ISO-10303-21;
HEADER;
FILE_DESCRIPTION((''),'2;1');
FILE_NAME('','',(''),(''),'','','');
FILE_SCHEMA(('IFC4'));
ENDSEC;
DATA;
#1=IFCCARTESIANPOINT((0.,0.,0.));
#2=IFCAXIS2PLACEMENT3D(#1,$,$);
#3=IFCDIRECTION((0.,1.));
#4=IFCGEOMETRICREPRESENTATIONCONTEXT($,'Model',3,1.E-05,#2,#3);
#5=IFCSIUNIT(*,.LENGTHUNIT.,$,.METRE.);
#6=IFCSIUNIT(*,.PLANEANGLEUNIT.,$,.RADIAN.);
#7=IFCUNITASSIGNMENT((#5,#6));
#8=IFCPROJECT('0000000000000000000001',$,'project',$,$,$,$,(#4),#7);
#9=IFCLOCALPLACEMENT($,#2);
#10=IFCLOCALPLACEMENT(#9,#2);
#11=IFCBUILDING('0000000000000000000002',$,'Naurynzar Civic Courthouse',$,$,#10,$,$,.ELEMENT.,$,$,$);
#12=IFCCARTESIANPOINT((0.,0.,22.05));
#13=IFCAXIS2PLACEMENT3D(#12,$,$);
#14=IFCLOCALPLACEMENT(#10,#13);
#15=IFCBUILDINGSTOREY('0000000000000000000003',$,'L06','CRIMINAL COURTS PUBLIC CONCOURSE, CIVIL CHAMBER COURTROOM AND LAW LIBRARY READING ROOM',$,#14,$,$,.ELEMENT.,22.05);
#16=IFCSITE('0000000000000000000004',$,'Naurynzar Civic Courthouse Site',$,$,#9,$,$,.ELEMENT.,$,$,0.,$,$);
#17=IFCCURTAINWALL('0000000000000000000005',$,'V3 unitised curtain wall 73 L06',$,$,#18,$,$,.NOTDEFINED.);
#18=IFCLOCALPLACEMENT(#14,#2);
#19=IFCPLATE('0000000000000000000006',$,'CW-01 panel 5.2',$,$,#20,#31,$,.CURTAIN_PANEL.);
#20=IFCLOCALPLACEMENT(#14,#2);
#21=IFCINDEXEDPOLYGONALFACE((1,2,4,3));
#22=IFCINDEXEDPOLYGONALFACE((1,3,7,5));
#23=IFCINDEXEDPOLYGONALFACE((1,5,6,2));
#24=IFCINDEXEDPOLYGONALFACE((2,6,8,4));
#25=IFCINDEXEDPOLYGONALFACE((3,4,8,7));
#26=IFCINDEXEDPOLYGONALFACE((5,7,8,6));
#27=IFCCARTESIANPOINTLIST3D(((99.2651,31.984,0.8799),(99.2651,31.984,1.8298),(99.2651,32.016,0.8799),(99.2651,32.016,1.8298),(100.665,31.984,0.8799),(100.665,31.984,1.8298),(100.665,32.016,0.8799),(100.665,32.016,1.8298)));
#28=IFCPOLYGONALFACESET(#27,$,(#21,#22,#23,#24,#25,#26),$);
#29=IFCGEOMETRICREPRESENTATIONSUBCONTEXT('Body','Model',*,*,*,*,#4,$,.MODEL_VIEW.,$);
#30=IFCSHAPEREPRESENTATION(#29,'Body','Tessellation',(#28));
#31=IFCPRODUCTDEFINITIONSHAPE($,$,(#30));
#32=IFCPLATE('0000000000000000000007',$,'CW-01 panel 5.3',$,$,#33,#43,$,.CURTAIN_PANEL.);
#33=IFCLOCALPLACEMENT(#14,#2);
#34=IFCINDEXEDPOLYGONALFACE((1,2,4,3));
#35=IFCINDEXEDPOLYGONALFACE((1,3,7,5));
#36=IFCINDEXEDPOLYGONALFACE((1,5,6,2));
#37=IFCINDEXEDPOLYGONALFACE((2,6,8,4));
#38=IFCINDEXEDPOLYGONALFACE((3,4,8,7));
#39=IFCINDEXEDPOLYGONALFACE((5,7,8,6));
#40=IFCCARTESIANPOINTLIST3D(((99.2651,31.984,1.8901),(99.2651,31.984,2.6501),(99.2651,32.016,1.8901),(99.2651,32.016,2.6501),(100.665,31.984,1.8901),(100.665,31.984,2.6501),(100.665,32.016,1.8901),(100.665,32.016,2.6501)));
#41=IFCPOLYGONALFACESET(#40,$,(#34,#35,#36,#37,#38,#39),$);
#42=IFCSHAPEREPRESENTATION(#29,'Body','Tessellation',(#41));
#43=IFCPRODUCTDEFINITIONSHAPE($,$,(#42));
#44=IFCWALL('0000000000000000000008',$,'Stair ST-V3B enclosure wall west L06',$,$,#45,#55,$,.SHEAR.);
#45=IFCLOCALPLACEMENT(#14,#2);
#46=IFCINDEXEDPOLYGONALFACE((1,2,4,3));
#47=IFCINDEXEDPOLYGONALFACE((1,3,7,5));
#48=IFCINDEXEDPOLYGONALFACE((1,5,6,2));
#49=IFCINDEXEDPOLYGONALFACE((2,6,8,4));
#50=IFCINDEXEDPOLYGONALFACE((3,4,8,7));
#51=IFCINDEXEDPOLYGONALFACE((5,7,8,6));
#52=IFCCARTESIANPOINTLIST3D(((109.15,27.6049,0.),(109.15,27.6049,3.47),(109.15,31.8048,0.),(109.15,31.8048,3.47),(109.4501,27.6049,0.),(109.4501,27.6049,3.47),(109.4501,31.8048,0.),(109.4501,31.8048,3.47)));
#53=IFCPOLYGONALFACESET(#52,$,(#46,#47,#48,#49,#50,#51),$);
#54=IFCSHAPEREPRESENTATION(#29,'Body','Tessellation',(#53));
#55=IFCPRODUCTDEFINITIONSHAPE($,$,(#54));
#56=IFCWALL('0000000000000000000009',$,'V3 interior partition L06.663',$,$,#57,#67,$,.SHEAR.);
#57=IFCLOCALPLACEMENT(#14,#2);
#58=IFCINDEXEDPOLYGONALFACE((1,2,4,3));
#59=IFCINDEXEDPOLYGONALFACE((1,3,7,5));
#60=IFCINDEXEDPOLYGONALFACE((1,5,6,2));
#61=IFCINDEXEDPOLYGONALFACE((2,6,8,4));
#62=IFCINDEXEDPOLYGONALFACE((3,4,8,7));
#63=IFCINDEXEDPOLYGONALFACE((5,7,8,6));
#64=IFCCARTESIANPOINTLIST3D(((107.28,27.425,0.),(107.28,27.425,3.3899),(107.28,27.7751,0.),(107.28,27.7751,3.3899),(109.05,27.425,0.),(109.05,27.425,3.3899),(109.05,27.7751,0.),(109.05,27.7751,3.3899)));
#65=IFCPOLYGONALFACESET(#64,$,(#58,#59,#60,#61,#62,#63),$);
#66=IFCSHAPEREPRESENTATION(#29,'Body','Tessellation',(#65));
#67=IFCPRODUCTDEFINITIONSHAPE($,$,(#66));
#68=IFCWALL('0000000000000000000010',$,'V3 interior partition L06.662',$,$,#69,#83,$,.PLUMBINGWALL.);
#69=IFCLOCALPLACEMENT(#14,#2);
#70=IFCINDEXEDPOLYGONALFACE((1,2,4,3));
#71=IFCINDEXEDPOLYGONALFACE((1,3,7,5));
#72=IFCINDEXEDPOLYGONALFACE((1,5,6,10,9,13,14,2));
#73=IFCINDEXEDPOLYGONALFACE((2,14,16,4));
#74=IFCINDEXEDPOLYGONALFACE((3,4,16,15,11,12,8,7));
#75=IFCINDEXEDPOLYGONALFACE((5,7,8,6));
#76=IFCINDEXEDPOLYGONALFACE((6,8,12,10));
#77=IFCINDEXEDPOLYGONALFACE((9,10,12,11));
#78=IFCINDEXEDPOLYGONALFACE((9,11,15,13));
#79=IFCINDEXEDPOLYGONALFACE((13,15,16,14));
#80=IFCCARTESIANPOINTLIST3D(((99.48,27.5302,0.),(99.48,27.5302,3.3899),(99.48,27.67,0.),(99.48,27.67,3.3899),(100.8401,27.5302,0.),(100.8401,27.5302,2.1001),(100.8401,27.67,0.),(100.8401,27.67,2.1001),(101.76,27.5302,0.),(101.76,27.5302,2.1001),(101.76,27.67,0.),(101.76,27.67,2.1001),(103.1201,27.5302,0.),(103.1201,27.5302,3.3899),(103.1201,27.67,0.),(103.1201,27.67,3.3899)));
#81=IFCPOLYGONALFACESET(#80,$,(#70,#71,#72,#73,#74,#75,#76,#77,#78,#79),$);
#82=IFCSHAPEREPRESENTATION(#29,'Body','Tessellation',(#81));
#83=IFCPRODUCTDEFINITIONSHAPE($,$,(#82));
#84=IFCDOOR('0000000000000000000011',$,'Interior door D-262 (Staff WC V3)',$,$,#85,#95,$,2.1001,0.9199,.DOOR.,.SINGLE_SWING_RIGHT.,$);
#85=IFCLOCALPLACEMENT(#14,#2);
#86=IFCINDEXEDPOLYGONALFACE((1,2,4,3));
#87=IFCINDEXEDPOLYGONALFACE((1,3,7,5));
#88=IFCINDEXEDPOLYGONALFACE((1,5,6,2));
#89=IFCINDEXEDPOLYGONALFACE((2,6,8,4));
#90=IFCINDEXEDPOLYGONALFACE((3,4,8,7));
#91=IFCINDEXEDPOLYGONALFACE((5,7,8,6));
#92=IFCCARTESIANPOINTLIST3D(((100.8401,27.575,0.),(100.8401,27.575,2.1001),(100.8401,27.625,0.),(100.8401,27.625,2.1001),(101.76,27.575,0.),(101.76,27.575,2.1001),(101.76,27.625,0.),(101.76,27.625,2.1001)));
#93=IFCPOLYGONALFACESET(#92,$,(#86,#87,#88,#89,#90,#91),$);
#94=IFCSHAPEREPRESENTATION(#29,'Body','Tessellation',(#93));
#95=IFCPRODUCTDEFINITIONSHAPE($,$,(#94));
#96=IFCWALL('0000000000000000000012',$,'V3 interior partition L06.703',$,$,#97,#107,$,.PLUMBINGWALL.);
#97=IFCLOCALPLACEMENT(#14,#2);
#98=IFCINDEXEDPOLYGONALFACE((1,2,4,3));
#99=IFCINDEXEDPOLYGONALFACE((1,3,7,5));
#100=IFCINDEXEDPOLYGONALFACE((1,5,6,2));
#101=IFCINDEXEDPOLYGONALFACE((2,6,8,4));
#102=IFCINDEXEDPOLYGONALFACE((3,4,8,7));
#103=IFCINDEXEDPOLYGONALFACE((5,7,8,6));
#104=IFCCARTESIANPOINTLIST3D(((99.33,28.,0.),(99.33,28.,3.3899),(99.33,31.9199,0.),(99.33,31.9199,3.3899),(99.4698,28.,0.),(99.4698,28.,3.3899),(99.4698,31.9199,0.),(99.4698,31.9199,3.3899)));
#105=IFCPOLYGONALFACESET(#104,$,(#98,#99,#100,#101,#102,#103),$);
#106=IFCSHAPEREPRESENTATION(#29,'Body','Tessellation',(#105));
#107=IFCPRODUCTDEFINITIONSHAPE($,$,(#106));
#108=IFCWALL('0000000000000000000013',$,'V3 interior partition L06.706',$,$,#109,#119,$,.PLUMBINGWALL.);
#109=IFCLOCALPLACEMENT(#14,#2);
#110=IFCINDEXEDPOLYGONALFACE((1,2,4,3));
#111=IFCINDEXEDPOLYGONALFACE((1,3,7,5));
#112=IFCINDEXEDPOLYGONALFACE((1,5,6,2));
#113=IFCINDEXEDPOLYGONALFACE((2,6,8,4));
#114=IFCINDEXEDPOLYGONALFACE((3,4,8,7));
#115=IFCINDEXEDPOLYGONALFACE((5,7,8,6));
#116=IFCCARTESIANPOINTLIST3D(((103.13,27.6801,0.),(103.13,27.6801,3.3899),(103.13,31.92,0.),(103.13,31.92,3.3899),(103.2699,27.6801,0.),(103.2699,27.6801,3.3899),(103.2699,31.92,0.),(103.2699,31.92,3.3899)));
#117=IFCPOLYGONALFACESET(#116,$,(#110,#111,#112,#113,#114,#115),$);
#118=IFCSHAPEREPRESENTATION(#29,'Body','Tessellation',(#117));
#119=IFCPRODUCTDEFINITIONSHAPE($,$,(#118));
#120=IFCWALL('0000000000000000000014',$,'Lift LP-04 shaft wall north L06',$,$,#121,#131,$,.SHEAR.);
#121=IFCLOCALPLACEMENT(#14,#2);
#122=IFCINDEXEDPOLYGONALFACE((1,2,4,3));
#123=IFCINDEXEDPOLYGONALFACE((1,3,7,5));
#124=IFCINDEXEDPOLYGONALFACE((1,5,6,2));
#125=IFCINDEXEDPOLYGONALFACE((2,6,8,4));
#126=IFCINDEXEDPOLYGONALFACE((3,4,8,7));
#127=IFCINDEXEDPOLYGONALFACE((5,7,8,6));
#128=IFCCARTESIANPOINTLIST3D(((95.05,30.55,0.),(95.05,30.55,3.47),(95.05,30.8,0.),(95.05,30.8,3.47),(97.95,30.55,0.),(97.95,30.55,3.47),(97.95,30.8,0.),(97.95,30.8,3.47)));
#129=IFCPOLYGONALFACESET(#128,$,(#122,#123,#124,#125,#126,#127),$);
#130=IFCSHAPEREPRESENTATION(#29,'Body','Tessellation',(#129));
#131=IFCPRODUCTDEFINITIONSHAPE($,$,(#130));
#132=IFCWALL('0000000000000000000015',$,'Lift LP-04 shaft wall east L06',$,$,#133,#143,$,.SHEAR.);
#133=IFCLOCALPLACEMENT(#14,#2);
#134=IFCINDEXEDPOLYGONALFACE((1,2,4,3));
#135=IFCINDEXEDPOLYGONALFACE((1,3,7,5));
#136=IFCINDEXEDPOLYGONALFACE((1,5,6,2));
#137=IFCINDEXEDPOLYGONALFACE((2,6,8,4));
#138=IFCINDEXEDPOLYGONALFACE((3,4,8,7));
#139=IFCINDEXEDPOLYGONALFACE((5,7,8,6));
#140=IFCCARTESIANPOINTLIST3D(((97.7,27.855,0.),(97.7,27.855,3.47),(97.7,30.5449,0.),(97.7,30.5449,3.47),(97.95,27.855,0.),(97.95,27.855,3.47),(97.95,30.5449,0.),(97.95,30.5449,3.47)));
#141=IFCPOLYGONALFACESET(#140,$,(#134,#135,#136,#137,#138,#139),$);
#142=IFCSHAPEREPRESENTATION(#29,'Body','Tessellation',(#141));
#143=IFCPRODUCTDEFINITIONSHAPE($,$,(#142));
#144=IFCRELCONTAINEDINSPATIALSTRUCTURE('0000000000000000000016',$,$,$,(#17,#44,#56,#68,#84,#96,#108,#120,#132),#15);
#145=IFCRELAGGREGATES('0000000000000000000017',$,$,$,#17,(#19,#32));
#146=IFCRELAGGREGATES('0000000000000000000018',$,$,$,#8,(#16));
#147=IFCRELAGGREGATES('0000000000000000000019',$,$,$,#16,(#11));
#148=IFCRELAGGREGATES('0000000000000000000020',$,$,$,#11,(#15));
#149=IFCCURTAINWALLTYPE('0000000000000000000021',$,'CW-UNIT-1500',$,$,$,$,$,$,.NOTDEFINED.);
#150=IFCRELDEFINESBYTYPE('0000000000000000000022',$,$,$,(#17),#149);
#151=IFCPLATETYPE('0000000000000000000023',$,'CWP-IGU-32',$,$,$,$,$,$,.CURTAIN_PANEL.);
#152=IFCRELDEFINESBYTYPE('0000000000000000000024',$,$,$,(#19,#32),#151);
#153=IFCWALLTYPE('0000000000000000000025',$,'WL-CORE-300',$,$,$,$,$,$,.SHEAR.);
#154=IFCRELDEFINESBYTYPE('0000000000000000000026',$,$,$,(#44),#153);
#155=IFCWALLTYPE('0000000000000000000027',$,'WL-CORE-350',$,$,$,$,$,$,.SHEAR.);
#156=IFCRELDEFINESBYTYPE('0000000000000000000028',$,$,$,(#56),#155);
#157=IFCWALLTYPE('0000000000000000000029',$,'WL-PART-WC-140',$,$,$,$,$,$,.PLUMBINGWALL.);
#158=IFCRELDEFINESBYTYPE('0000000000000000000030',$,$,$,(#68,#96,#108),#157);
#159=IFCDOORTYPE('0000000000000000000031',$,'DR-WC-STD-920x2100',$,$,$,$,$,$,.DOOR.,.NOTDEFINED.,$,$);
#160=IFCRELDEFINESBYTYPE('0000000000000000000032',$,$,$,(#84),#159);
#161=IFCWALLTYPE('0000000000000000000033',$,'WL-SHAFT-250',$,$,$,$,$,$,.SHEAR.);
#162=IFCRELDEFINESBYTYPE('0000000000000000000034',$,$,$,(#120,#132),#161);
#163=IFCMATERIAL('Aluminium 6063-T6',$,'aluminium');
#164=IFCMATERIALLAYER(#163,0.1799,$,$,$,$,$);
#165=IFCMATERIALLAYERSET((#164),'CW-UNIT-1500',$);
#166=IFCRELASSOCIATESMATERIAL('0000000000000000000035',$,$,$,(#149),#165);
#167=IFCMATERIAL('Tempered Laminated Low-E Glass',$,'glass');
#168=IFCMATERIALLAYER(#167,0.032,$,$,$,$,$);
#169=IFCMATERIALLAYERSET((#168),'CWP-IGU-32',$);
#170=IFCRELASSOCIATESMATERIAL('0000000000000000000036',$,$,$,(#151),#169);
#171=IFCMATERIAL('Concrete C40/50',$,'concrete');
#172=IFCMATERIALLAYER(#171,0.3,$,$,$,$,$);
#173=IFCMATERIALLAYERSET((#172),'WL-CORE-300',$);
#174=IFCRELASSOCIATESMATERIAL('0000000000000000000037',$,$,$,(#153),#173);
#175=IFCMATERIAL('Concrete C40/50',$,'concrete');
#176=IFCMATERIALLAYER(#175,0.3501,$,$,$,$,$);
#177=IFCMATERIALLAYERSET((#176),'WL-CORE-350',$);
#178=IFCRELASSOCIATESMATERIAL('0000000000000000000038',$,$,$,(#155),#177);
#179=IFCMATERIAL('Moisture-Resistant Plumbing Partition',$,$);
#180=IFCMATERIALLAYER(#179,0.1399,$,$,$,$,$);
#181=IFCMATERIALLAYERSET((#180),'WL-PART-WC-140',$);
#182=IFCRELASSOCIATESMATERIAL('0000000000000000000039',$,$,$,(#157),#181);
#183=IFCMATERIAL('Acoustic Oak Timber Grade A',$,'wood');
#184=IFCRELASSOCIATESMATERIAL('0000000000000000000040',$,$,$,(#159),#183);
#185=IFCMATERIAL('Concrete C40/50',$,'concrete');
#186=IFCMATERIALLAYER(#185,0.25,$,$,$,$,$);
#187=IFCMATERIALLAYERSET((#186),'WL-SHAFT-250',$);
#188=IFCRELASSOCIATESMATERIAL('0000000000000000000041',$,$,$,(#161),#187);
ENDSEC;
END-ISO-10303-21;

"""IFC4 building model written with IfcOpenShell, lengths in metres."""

from ifc_helpers import new_model, si_unit, direction, frame, frame_2d, origin, origin_2d, place, context, subcontext, project, spatial, rectangle, extrude, material, layer, layer_set, type_object, element, fill, aggregate, save


model = new_model("IFC4")

# Units and contexts
model_context = context("Model", 3, precision=1e-05, world=origin(), true_north=direction((0.0, 1.0)))
body_context = subcontext(model_context, "Body", "Model", "MODEL_VIEW")
ifc_project = project(units=[si_unit("LENGTHUNIT", "METRE"), si_unit("PLANEANGLEUNIT", "RADIAN")], contexts=[model_context])

# Site, building, storey
site_placement = place(None, origin())
site = spatial("IfcSite", under=ifc_project, at=site_placement, Name="Naurynzar Civic Courthouse Site", CompositionType="ELEMENT", RefElevation=0.0)
building_placement = place(site_placement, origin())
building = spatial("IfcBuilding", under=site, at=building_placement, Name="Naurynzar Civic Courthouse", CompositionType="ELEMENT")
storey_placement = place(building_placement, frame((0.0, 0.0, 22.05)))
storey = spatial("IfcBuildingStorey", under=building, at=storey_placement, Name="L06", Description="CRIMINAL COURTS PUBLIC CONCOURSE, CIVIL CHAMBER COURTROOM AND LAW LIBRARY READING ROOM", CompositionType="ELEMENT", Elevation=22.05)

# Curtain wall
ifc_material_1 = material(Name="Aluminium 6063-T6", Category="aluminium")
ifc_layer_1 = layer(ifc_material_1, 0.1799)
ifc_layer_set_1 = layer_set([ifc_layer_1], Name="CW-UNIT-1500")
curtain_wall_type = type_object("IfcCurtainWallType", Name="CW-UNIT-1500", PredefinedType="NOTDEFINED", material=ifc_layer_set_1)
curtain_wall_placement = place(storey_placement, origin())
curtain_wall = element("IfcCurtainWall", 1, at=curtain_wall_placement, inside=storey, type_object=curtain_wall_type, Name="V3 unitised curtain wall 73 L06", PredefinedType="NOTDEFINED")

# Plates
ifc_material_2 = material(Name="Tempered Laminated Low-E Glass", Category="glass")
ifc_layer_2 = layer(ifc_material_2, 0.032)
ifc_layer_set_2 = layer_set([ifc_layer_2], Name="CWP-IGU-32")
plate_type = type_object("IfcPlateType", Name="CWP-IGU-32", PredefinedType="CURTAIN_PANEL", material=ifc_layer_set_2)
plate_1_placement = place(storey_placement, frame((99.9651, 32.0, 0.8799), z_axis=(0.0, 0.0, 1.0), x_axis=(1.0, 0.0, 0.0)))
plate_1 = element("IfcPlate", 2, at=plate_1_placement, type_object=plate_type, Name="CW-01 panel 5.2", PredefinedType="CURTAIN_PANEL", context=body_context, shape_type="SweptSolid", body=[
    extrude(rectangle(XDim=1.3999, YDim=0.032, at=origin_2d()), origin(), (0.0, 0.0, 1.0), 0.95),
])
plate_2_placement = place(storey_placement, frame((99.9651, 32.0, 1.8901), z_axis=(0.0, 0.0, 1.0), x_axis=(1.0, 0.0, 0.0)))
plate_2 = element("IfcPlate", 3, at=plate_2_placement, type_object=plate_type, Name="CW-01 panel 5.3", PredefinedType="CURTAIN_PANEL", context=body_context, shape_type="SweptSolid", body=[
    extrude(rectangle(XDim=1.3999, YDim=0.032, at=origin_2d()), origin(), (0.0, 0.0, 1.0), 0.76),
])
aggregate(curtain_wall, [plate_1, plate_2])

# Shared definitions
ifc_material_3 = material(Name="Concrete C40/50", Category="concrete")
ifc_layer_3 = layer(ifc_material_3, 0.3)
ifc_layer_set_3 = layer_set([ifc_layer_3], Name="WL-CORE-300")
wall_type_1 = type_object("IfcWallType", Name="WL-CORE-300", PredefinedType="SHEAR", material=ifc_layer_set_3)

# Walls
wall_1_placement = place(storey_placement, frame((109.3, 31.8049, 0.0), z_axis=(0.0, 0.0, 1.0), x_axis=(0.0, -1.0, 0.0)))
element("IfcWall", 4, at=wall_1_placement, inside=storey, type_object=wall_type_1, Name="Stair ST-V3B enclosure wall west L06", PredefinedType="SHEAR", context=body_context, shape_type="SweptSolid", body=[
    extrude(rectangle(XDim=4.2, YDim=0.3, at=frame_2d((2.1001, 0.0))), origin(), (0.0, 0.0, 1.0), 3.47),
])
ifc_material_4 = material(Name="Concrete C40/50", Category="concrete")
ifc_layer_4 = layer(ifc_material_4, 0.3501)
ifc_layer_set_4 = layer_set([ifc_layer_4], Name="WL-CORE-350")
wall_type_2 = type_object("IfcWallType", Name="WL-CORE-350", PredefinedType="SHEAR", material=ifc_layer_set_4)
wall_2_placement = place(storey_placement, frame((107.28, 27.6001, 0.0), z_axis=(0.0, 0.0, 1.0), x_axis=(1.0, 0.0, 0.0)))
element("IfcWall", 5, at=wall_2_placement, inside=storey, type_object=wall_type_2, Name="V3 interior partition L06.663", PredefinedType="SHEAR", context=body_context, shape_type="SweptSolid", body=[
    extrude(rectangle(XDim=1.77, YDim=0.3501, at=frame_2d((0.885, 0.0))), origin(), (0.0, 0.0, 1.0), 3.3899),
])

# Wall, opening, door
ifc_material_5 = material(Name="Moisture-Resistant Plumbing Partition")
ifc_layer_5 = layer(ifc_material_5, 0.1399)
ifc_layer_set_5 = layer_set([ifc_layer_5], Name="WL-PART-WC-140")
wall_type_3 = type_object("IfcWallType", Name="WL-PART-WC-140", PredefinedType="PLUMBINGWALL", material=ifc_layer_set_5)
wall_3_placement = place(storey_placement, frame((99.48, 27.6001, 0.0), z_axis=(0.0, 0.0, 1.0), x_axis=(1.0, 0.0, 0.0)))
wall_3 = element("IfcWall", 6, at=wall_3_placement, inside=storey, type_object=wall_type_3, Name="V3 interior partition L06.662", PredefinedType="PLUMBINGWALL", context=body_context, shape_type="SweptSolid", body=[
    extrude(rectangle(XDim=3.6401, YDim=0.1399, at=frame_2d((1.8201, 0.0))), origin(), (0.0, 0.0, 1.0), 3.3899),
])
opening_1_placement = place(wall_3_placement, frame((1.3601, 0.0, 0.0)))
opening_1 = element("IfcOpeningElement", 7, at=opening_1_placement, cuts=wall_3, PredefinedType="OPENING", context=body_context, shape_type="SweptSolid", body=[
    extrude(rectangle(XDim=0.9199, YDim=2.1001, at=frame_2d((0.46, 1.05))), frame((0.0, 0.0798, 0.0), z_axis=(0.0, -1.0, 0.0), x_axis=(1.0, 0.0, 0.0)), (0.0, 0.0, 1.0), 0.1599),
])
ifc_material_6 = material(Name="Acoustic Oak Timber Grade A", Category="wood")
door_type_1 = type_object("IfcDoorType", Name="DR-WC-STD-920x2100", OperationType="NOTDEFINED", PredefinedType="DOOR", material=ifc_material_6)
door_1_placement = place(opening_1_placement, origin())
door_1 = element("IfcDoor", 8, at=door_1_placement, inside=storey, type_object=door_type_1, Name="Interior door D-262 (Staff WC V3)", OperationType="SINGLE_SWING_RIGHT", OverallHeight=2.1001, OverallWidth=0.9199, PredefinedType="DOOR", context=body_context, shape_type="SweptSolid", body=[
    extrude(rectangle(XDim=0.9199, YDim=2.1001, at=frame_2d((0.46, 1.05))), frame((0.0, 0.0249, 0.0), z_axis=(0.0, -1.0, 0.0), x_axis=(1.0, 0.0, 0.0)), (0.0, 0.0, 1.0), 0.05),
])
fill(opening_1, door_1)

# Walls
wall_4_placement = place(storey_placement, frame((99.3999, 28.0, 0.0), z_axis=(0.0, 0.0, 1.0), x_axis=(0.0, 1.0, 0.0)))
element("IfcWall", 9, at=wall_4_placement, inside=storey, type_object=wall_type_3, Name="V3 interior partition L06.703", PredefinedType="PLUMBINGWALL", context=body_context, shape_type="SweptSolid", body=[
    extrude(rectangle(XDim=3.9199, YDim=0.1399, at=frame_2d((1.96, 0.0))), origin(), (0.0, 0.0, 1.0), 3.3899),
])
wall_5_placement = place(storey_placement, frame((103.2, 27.6799, 0.0), z_axis=(0.0, 0.0, 1.0), x_axis=(0.0, 1.0, 0.0)))
element("IfcWall", 10, at=wall_5_placement, inside=storey, type_object=wall_type_3, Name="V3 interior partition L06.706", PredefinedType="PLUMBINGWALL", context=body_context, shape_type="SweptSolid", body=[
    extrude(rectangle(XDim=4.24, YDim=0.1399, at=frame_2d((2.1201, 0.0))), origin(), (0.0, 0.0, 1.0), 3.3899),
])
ifc_material_7 = material(Name="Concrete C40/50", Category="concrete")
ifc_layer_6 = layer(ifc_material_7, 0.25)
ifc_layer_set_6 = layer_set([ifc_layer_6], Name="WL-SHAFT-250")
wall_type_4 = type_object("IfcWallType", Name="WL-SHAFT-250", PredefinedType="SHEAR", material=ifc_layer_set_6)
wall_6_placement = place(storey_placement, frame((97.95, 30.675, 0.0), z_axis=(0.0, 0.0, 1.0), x_axis=(-1.0, 0.0, 0.0)))
element("IfcWall", 11, at=wall_6_placement, inside=storey, type_object=wall_type_4, Name="Lift LP-04 shaft wall north L06", PredefinedType="SHEAR", context=body_context, shape_type="SweptSolid", body=[
    extrude(rectangle(XDim=2.8999, YDim=0.25, at=frame_2d((1.45, 0.0))), origin(), (0.0, 0.0, 1.0), 3.47),
])
wall_7_placement = place(storey_placement, frame((97.825, 27.855, 0.0), z_axis=(0.0, 0.0, 1.0), x_axis=(0.0, 1.0, 0.0)))
element("IfcWall", 12, at=wall_7_placement, inside=storey, type_object=wall_type_4, Name="Lift LP-04 shaft wall east L06", PredefinedType="SHEAR", context=body_context, shape_type="SweptSolid", body=[
    extrude(rectangle(XDim=2.6899, YDim=0.25, at=frame_2d((1.345, 0.0))), origin(), (0.0, 0.0, 1.0), 3.47),
])

save(model, "model.ifc")
